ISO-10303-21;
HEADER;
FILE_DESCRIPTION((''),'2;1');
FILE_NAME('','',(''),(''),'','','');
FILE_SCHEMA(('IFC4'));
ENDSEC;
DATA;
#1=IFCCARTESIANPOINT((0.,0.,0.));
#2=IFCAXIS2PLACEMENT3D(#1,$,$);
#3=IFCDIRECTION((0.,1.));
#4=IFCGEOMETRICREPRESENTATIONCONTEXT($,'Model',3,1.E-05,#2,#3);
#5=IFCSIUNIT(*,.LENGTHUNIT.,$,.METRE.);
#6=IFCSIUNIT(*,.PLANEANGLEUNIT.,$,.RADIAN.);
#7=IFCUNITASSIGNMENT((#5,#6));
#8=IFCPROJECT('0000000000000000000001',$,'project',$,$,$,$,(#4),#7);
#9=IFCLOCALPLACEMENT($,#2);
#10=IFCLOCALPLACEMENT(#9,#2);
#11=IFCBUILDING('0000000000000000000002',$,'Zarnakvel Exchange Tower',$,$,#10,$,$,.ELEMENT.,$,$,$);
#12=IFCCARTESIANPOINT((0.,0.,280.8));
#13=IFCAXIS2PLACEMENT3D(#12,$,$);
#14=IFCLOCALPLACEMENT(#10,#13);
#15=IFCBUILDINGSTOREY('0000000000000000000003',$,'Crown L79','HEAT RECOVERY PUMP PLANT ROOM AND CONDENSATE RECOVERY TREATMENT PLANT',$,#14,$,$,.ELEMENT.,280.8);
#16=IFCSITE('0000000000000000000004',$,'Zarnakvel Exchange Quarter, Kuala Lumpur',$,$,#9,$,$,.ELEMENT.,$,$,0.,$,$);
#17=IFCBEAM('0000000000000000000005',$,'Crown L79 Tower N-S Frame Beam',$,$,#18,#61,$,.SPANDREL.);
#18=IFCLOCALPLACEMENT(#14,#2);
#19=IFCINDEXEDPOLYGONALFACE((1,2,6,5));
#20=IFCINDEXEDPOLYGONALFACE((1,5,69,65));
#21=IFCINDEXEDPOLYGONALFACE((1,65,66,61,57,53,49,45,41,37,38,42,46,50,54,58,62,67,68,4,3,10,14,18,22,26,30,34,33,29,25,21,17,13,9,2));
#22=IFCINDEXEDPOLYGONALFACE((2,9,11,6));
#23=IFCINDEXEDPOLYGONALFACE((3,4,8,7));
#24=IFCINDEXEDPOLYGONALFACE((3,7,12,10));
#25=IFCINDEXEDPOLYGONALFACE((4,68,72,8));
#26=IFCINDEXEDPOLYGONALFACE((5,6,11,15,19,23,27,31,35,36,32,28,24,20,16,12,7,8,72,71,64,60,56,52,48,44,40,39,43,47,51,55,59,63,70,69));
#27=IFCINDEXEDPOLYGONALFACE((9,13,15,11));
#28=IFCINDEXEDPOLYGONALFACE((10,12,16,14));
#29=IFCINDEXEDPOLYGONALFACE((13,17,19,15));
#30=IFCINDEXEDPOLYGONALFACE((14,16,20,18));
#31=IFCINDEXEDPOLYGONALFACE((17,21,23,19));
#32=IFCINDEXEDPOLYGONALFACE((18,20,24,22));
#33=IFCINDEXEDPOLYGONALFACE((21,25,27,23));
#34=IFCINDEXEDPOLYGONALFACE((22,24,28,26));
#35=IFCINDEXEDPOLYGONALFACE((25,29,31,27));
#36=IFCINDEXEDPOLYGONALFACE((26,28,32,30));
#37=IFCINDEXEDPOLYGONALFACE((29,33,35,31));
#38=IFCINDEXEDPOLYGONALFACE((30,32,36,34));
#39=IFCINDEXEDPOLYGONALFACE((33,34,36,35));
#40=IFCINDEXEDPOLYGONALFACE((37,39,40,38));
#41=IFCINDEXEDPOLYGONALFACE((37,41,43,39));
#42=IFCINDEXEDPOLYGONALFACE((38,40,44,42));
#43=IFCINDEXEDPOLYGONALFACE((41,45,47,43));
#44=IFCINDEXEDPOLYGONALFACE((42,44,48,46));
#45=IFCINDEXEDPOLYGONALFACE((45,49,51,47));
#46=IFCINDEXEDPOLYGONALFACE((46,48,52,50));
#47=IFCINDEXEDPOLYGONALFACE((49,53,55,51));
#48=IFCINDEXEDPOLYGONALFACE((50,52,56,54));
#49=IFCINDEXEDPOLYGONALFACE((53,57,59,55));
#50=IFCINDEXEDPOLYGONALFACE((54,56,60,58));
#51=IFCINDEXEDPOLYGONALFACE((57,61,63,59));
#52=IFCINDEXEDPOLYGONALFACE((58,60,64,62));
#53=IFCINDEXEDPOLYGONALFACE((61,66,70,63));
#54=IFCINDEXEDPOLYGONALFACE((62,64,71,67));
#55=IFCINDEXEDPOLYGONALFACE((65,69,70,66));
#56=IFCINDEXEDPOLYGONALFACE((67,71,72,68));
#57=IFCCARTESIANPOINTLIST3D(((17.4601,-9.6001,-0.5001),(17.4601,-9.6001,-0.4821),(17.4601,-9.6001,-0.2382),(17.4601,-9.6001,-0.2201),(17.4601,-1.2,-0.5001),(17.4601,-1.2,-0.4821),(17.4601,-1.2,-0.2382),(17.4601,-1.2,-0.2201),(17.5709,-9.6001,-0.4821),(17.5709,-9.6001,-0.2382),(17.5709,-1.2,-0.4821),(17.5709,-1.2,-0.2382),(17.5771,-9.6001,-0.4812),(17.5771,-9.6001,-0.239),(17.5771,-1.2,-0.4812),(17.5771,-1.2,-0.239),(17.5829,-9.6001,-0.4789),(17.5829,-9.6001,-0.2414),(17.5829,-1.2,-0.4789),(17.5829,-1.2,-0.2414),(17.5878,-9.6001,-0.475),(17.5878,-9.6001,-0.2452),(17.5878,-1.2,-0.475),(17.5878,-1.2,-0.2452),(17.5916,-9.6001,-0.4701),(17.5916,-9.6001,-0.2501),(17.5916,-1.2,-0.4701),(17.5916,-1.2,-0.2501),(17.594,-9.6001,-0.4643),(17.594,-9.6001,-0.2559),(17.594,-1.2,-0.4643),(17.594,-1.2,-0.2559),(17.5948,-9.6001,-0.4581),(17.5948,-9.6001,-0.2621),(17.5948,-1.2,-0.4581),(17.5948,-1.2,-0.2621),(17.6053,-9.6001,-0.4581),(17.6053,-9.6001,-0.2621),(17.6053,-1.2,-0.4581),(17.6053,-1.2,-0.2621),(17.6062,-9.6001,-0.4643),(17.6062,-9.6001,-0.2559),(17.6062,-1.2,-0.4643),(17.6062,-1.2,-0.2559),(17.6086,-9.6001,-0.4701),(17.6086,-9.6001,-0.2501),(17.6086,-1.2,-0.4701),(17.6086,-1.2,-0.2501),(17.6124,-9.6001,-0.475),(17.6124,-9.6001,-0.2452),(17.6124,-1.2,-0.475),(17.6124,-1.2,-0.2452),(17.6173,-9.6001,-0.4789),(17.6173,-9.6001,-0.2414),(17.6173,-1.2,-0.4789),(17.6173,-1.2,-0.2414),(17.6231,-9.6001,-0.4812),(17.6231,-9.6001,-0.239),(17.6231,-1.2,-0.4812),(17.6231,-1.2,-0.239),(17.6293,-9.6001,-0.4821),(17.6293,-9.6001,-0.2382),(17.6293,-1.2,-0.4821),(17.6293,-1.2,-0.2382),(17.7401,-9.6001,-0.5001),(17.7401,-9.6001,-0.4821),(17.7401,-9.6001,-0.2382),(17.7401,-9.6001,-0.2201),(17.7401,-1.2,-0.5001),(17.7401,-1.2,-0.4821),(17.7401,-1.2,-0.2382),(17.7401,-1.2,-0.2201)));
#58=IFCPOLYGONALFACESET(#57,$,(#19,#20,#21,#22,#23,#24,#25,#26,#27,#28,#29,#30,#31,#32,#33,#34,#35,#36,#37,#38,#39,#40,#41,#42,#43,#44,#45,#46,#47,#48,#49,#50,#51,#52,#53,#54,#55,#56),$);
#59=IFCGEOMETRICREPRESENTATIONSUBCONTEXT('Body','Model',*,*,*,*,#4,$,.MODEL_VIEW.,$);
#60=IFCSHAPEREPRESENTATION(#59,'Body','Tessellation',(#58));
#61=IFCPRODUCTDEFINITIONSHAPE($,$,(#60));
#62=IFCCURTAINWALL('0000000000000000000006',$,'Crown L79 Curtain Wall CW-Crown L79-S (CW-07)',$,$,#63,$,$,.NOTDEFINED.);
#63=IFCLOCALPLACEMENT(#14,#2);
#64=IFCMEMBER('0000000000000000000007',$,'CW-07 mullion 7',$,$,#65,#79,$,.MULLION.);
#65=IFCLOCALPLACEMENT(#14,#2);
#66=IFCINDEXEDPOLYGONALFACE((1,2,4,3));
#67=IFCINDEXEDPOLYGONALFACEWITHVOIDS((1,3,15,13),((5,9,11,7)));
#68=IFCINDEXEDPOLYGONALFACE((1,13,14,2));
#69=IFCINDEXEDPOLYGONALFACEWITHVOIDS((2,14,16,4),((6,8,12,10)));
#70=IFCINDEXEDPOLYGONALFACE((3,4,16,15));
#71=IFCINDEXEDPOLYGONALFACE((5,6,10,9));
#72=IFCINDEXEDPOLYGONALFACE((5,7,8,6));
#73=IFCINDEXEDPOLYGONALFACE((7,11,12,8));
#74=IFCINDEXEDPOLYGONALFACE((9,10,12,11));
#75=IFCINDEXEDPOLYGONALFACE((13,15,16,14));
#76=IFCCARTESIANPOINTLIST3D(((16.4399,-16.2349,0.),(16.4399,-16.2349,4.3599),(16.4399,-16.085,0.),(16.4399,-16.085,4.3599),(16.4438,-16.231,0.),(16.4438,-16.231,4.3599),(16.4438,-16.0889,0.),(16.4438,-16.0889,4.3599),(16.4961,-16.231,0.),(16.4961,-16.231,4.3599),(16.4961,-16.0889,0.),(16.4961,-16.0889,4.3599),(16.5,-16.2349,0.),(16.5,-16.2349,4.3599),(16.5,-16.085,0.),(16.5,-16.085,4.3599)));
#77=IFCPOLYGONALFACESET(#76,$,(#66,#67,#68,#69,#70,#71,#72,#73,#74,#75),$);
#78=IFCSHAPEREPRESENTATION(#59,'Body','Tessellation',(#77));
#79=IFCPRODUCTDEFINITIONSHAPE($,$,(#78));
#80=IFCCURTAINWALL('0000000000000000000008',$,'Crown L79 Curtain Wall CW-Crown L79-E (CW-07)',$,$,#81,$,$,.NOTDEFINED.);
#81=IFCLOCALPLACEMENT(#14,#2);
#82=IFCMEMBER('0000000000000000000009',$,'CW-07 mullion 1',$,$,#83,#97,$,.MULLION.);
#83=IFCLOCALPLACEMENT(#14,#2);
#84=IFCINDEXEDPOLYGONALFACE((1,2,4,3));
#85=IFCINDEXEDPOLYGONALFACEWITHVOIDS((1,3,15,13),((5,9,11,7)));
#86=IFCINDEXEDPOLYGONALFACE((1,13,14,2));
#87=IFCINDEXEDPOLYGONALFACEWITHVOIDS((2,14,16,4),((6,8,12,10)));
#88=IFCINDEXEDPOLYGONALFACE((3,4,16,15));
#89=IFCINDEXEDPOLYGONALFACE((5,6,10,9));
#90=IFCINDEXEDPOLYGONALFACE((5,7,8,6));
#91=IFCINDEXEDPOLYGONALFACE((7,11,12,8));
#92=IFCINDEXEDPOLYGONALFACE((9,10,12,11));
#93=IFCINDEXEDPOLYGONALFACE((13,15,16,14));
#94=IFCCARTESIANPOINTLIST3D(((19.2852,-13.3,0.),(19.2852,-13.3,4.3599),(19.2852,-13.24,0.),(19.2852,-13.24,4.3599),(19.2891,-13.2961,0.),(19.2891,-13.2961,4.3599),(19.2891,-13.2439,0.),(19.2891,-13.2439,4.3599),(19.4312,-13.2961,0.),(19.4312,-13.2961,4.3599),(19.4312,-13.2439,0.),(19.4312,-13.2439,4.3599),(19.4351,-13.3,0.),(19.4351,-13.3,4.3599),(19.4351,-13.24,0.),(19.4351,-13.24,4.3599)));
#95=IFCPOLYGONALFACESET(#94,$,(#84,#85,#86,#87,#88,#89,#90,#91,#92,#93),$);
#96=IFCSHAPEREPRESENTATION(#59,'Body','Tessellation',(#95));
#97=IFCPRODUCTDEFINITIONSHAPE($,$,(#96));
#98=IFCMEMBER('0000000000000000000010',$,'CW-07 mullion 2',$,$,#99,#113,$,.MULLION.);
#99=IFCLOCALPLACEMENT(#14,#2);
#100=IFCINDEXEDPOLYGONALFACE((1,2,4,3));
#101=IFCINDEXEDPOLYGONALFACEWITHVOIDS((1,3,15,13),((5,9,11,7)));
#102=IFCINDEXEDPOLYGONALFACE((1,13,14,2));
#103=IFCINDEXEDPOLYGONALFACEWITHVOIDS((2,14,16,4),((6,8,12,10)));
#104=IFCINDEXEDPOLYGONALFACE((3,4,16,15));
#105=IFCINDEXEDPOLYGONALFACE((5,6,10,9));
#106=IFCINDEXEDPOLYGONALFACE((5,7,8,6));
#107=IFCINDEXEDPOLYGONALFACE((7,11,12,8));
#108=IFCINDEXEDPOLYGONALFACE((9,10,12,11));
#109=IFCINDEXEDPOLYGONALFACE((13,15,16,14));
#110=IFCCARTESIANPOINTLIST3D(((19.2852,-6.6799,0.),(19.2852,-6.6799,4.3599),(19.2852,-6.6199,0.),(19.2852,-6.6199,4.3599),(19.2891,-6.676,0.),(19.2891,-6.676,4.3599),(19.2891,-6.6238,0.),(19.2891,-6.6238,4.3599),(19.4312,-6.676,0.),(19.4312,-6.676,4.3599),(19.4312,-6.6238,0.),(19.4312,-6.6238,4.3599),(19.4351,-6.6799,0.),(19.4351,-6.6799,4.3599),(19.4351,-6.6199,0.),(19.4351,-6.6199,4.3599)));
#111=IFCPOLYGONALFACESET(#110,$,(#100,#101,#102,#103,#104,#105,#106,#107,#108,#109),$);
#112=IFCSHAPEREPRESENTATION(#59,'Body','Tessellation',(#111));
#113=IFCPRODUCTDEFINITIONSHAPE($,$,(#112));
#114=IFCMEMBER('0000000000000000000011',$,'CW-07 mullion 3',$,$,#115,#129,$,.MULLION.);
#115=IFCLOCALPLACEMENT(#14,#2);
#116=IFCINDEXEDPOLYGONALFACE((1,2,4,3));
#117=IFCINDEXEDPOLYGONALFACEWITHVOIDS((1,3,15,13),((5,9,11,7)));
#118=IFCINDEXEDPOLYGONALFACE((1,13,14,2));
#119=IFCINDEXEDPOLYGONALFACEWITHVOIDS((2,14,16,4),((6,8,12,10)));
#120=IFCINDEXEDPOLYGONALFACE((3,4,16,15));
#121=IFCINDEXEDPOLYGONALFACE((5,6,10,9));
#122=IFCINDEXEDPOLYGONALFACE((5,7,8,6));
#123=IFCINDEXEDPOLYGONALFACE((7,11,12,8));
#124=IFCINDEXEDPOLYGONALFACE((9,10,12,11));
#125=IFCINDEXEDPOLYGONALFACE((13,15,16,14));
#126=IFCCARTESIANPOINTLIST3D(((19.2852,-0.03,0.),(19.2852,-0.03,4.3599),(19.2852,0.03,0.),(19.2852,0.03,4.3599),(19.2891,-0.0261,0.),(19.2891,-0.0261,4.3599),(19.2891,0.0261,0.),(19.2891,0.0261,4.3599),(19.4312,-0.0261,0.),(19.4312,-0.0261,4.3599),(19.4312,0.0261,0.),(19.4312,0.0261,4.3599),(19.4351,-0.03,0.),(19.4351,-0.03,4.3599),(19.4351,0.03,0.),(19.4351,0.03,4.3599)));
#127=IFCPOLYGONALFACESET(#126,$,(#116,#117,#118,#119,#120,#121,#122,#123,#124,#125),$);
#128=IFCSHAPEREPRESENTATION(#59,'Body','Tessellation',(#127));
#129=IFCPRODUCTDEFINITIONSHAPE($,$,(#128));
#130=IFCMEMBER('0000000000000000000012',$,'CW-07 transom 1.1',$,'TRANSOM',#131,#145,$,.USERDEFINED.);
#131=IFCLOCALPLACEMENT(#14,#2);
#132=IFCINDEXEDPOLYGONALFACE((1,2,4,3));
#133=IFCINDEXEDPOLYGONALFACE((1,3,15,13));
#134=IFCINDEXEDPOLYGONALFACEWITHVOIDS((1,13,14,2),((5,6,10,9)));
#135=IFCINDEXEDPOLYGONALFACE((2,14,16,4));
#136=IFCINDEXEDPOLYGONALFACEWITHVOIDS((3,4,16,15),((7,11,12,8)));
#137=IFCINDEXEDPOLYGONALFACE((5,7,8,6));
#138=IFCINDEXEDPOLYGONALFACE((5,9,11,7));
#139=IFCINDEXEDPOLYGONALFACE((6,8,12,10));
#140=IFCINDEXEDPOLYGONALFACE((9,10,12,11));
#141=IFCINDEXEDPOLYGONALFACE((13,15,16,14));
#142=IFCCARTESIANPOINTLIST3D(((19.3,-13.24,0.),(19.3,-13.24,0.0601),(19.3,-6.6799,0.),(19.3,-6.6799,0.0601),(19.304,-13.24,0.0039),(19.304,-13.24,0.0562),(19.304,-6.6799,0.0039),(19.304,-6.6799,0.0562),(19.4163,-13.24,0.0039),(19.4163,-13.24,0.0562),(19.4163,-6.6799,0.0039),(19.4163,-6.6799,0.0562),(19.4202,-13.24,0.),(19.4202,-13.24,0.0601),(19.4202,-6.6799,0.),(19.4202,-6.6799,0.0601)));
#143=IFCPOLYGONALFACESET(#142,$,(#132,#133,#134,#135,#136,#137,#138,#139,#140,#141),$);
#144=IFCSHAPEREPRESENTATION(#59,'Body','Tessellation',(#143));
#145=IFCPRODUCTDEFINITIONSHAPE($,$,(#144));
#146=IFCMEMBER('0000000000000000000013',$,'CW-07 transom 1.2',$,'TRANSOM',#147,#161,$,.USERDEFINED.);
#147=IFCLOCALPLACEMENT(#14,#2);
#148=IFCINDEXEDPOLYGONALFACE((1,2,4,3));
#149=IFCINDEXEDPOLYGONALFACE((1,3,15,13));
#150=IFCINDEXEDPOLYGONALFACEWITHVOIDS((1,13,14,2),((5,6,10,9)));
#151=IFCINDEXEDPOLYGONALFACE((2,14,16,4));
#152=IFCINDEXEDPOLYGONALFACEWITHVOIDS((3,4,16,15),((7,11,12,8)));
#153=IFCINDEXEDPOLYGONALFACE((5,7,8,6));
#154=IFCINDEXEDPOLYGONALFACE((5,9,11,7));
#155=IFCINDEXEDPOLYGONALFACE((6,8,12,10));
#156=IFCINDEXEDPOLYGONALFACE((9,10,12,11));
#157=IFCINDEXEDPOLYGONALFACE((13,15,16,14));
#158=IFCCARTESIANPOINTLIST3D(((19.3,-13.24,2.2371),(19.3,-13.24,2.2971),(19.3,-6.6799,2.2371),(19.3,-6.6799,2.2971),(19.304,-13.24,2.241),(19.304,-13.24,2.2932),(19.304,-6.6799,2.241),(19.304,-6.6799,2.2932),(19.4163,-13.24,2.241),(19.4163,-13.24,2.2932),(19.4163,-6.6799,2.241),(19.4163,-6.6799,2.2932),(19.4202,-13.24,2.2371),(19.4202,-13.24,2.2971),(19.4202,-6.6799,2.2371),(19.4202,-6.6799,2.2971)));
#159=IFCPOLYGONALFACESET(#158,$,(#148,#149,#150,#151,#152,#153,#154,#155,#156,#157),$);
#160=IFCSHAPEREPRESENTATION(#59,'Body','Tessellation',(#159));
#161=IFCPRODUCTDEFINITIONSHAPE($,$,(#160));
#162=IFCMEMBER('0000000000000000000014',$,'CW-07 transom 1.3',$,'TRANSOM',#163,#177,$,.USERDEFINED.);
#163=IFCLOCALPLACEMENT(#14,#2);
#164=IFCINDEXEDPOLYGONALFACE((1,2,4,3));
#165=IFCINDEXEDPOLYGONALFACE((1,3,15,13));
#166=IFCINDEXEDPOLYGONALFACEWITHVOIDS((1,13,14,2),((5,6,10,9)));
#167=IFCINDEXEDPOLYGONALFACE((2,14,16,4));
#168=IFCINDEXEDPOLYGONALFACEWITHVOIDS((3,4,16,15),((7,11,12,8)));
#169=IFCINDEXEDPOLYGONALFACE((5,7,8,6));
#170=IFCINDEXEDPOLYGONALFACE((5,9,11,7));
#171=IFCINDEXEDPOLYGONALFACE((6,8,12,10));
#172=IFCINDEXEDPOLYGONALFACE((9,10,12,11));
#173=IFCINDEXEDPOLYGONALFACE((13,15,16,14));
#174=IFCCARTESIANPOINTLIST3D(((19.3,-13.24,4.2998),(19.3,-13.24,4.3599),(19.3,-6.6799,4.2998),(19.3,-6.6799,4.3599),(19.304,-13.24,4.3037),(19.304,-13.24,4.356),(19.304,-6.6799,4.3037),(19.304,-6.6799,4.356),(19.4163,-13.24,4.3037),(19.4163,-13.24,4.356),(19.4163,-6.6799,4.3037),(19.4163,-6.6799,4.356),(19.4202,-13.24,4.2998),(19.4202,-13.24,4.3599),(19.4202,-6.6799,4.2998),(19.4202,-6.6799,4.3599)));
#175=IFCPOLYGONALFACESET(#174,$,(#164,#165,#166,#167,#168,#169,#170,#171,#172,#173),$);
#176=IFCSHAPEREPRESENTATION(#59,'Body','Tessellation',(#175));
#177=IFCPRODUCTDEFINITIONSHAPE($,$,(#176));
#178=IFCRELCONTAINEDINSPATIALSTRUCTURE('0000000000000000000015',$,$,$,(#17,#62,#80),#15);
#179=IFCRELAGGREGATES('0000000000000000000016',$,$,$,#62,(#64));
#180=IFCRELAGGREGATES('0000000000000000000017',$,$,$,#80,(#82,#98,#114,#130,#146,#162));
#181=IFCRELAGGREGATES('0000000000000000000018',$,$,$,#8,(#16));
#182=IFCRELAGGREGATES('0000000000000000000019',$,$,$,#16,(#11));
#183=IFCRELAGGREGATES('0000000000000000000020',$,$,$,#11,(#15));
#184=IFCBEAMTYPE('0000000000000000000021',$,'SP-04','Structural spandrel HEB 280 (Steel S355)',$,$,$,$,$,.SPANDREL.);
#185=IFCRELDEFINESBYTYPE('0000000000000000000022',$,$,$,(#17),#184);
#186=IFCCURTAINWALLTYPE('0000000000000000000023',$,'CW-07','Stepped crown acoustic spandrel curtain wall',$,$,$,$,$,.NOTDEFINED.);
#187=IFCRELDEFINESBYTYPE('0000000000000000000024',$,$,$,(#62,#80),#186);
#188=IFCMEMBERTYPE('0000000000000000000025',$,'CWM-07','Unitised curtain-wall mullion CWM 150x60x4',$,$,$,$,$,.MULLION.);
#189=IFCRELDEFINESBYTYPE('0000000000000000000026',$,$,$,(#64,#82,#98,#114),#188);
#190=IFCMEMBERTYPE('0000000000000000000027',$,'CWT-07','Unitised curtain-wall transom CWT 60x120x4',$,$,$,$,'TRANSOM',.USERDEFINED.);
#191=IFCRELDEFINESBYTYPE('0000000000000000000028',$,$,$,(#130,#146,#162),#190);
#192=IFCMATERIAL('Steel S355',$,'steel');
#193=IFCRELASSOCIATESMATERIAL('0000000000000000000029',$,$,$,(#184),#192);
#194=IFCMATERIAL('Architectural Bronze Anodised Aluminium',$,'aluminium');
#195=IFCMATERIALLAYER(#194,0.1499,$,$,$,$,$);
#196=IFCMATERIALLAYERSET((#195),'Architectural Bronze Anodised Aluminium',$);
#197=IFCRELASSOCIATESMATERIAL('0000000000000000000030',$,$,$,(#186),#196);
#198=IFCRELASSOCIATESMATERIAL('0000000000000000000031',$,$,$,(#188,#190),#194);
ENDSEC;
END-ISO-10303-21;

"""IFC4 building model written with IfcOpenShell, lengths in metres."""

from ifc_helpers import new_model, si_unit, direction, frame, origin, origin_2d, place, context, subcontext, project, spatial, hollow_rectangle, i_section, extrude, source, transform, mapped, material, layer, layer_set, material_profile, profile_set, type_object, element, aggregate, save


model = new_model("IFC4")

# Units and contexts
model_context = context("Model", 3, precision=1e-05, world=origin(), true_north=direction((0.0, 1.0)))
body_context = subcontext(model_context, "Body", "Model", "MODEL_VIEW")
ifc_project = project(units=[si_unit("LENGTHUNIT", "METRE"), si_unit("PLANEANGLEUNIT", "RADIAN")], contexts=[model_context])

# Site, building, storey
site_placement = place(None, origin())
site = spatial("IfcSite", under=ifc_project, at=site_placement, Name="Zarnakvel Exchange Quarter, Kuala Lumpur", CompositionType="ELEMENT", RefElevation=0.0)
building_placement = place(site_placement, origin())
building = spatial("IfcBuilding", under=site, at=building_placement, Name="Zarnakvel Exchange Tower", CompositionType="ELEMENT")
storey_placement = place(building_placement, frame((0.0, 0.0, 280.8)))
storey = spatial("IfcBuildingStorey", under=building, at=storey_placement, Name="Crown L79", Description="HEAT RECOVERY PUMP PLANT ROOM AND CONDENSATE RECOVERY TREATMENT PLANT", CompositionType="ELEMENT", Elevation=280.8)

# Shared definitions
ifc_material_1 = material(Name="Steel S355", Category="steel")

# Beam
ifc_material_profile_1 = material_profile(ifc_material_1, i_section(OverallWidth=0.28, OverallDepth=0.28, WebThickness=0.0105, FlangeThickness=0.0181, FilletRadius=0.0239, at=origin_2d()))
ifc_profile_set_1 = profile_set([ifc_material_profile_1], Name="Steel S355")
beam_type_1 = type_object("IfcBeamType", Name="SP-04", Description="Structural spandrel HEB 280 (Steel S355)", PredefinedType="SPANDREL", material=ifc_profile_set_1)
beam_1_placement = place(storey_placement, frame((17.6001, -9.6001, -0.3601), z_axis=(0.0, 1.0, 0.0), x_axis=(-1.0, 0.0, 0.0)))
element("IfcBeam", 1, at=beam_1_placement, inside=storey, type_object=beam_type_1, Name="Crown L79 Tower N-S Frame Beam", PredefinedType="SPANDREL", context=body_context, shape_type="SweptSolid", body=[
    extrude(i_section(OverallWidth=0.28, OverallDepth=0.28, WebThickness=0.0105, FlangeThickness=0.0181, FilletRadius=0.0239, at=origin_2d()), origin(), (0.0, 0.0, 1.0), 8.4001),
])

# Curtain wall, member
ifc_material_2 = material(Name="Architectural Bronze Anodised Aluminium", Category="aluminium")
ifc_layer_1 = layer(ifc_material_2, 0.1499)
ifc_layer_set_1 = layer_set([ifc_layer_1], Name="Architectural Bronze Anodised Aluminium")
curtain_wall_type = type_object("IfcCurtainWallType", Name="CW-07", Description="Stepped crown acoustic spandrel curtain wall", PredefinedType="NOTDEFINED", material=ifc_layer_set_1)
curtain_wall_1_placement = place(storey_placement, origin())
curtain_wall_1 = element("IfcCurtainWall", 2, at=curtain_wall_1_placement, inside=storey, type_object=curtain_wall_type, Name="Crown L79 Curtain Wall CW-Crown L79-S (CW-07)", PredefinedType="NOTDEFINED")
ifc_material_profile_2 = material_profile(ifc_material_2, hollow_rectangle(XDim=0.1499, YDim=0.0601, WallThickness=0.0039, at=origin_2d()))
ifc_profile_set_2 = profile_set([ifc_material_profile_2], Name="Architectural Bronze Anodised Aluminium")
member_type_1 = type_object("IfcMemberType", Name="CWM-07", Description="Unitised curtain-wall mullion CWM 150x60x4", PredefinedType="MULLION", material=ifc_profile_set_2)
shared_shape_1 = source(origin(), body_context, "Body", "SweptSolid", [
    extrude(hollow_rectangle(XDim=0.1499, YDim=0.0601, WallThickness=0.0039, at=origin_2d()), origin(), (0.0, 0.0, 1.0), 4.3599),
])
member_1_placement = place(storey_placement, frame((16.47, -16.1599, 0.0), z_axis=(0.0, 0.0, 1.0), x_axis=(0.0, 1.0, 0.0)))
member_1 = element("IfcMember", 3, at=member_1_placement, type_object=member_type_1, Name="CW-07 mullion 7", PredefinedType="MULLION", context=body_context, shape_type="MappedRepresentation", body=[
    mapped(shared_shape_1, transform((0.0, 0.0, 0.0), x_axis=(1.0, 0.0, 0.0), y_axis=(0.0, 1.0, 0.0), z_axis=(0.0, 0.0, 1.0), scale=1.0)),
])
aggregate(curtain_wall_1, [member_1])

# Curtain wall, members
curtain_wall_2_placement = place(storey_placement, origin())
curtain_wall_2 = element("IfcCurtainWall", 4, at=curtain_wall_2_placement, inside=storey, type_object=curtain_wall_type, Name="Crown L79 Curtain Wall CW-Crown L79-E (CW-07)", PredefinedType="NOTDEFINED")
member_2_placement = place(storey_placement, frame((19.3601, -13.27, 0.0), z_axis=(0.0, 0.0, 1.0), x_axis=(-1.0, 0.0, 0.0)))
member_2 = element("IfcMember", 5, at=member_2_placement, type_object=member_type_1, Name="CW-07 mullion 1", PredefinedType="MULLION", context=body_context, shape_type="MappedRepresentation", body=[
    mapped(shared_shape_1, transform((0.0, 0.0, 0.0), x_axis=(1.0, 0.0, 0.0), y_axis=(0.0, 1.0, 0.0), z_axis=(0.0, 0.0, 1.0), scale=1.0)),
])
member_3_placement = place(storey_placement, frame((19.3601, -6.6499, 0.0), z_axis=(0.0, 0.0, 1.0), x_axis=(-1.0, 0.0, 0.0)))
member_3 = element("IfcMember", 6, at=member_3_placement, type_object=member_type_1, Name="CW-07 mullion 2", PredefinedType="MULLION", context=body_context, shape_type="MappedRepresentation", body=[
    mapped(shared_shape_1, transform((0.0, 0.0, 0.0), x_axis=(1.0, 0.0, 0.0), y_axis=(0.0, 1.0, 0.0), z_axis=(0.0, 0.0, 1.0), scale=1.0)),
])
member_4_placement = place(storey_placement, frame((19.3601, 0.0, 0.0), z_axis=(0.0, 0.0, 1.0), x_axis=(-1.0, 0.0, 0.0)))
member_4 = element("IfcMember", 7, at=member_4_placement, type_object=member_type_1, Name="CW-07 mullion 3", PredefinedType="MULLION", context=body_context, shape_type="MappedRepresentation", body=[
    mapped(shared_shape_1, transform((0.0, 0.0, 0.0), x_axis=(1.0, 0.0, 0.0), y_axis=(0.0, 1.0, 0.0), z_axis=(0.0, 0.0, 1.0), scale=1.0)),
])
ifc_material_profile_3 = material_profile(ifc_material_2, hollow_rectangle(XDim=0.1201, YDim=0.0601, WallThickness=0.0039, at=origin_2d()))
ifc_profile_set_3 = profile_set([ifc_material_profile_3], Name="Architectural Bronze Anodised Aluminium")
member_type_2 = type_object("IfcMemberType", Name="CWT-07", Description="Unitised curtain-wall transom CWT 60x120x4", ElementType="TRANSOM", PredefinedType="USERDEFINED", material=ifc_profile_set_3)
shared_shape_2 = source(origin(), body_context, "Body", "SweptSolid", [
    extrude(hollow_rectangle(XDim=0.1201, YDim=0.0601, WallThickness=0.0039, at=origin_2d()), origin(), (0.0, 0.0, 1.0), 6.5601),
])
member_5_placement = place(storey_placement, frame((19.3601, -13.24, 0.03), z_axis=(0.0, 1.0, 0.0), x_axis=(-1.0, 0.0, 0.0)))
member_5 = element("IfcMember", 8, at=member_5_placement, type_object=member_type_2, Name="CW-07 transom 1.1", ObjectType="TRANSOM", PredefinedType="USERDEFINED", context=body_context, shape_type="MappedRepresentation", body=[
    mapped(shared_shape_2, transform((0.0, 0.0, 0.0), x_axis=(1.0, 0.0, 0.0), y_axis=(0.0, 1.0, 0.0), z_axis=(0.0, 0.0, 1.0), scale=1.0)),
])
member_6_placement = place(storey_placement, frame((19.3601, -13.24, 2.2671), z_axis=(0.0, 1.0, 0.0), x_axis=(-1.0, 0.0, 0.0)))
member_6 = element("IfcMember", 9, at=member_6_placement, type_object=member_type_2, Name="CW-07 transom 1.2", ObjectType="TRANSOM", PredefinedType="USERDEFINED", context=body_context, shape_type="MappedRepresentation", body=[
    mapped(shared_shape_2, transform((0.0, 0.0, 0.0), x_axis=(1.0, 0.0, 0.0), y_axis=(0.0, 1.0, 0.0), z_axis=(0.0, 0.0, 1.0), scale=1.0)),
])
member_7_placement = place(storey_placement, frame((19.3601, -13.24, 4.3298), z_axis=(0.0, 1.0, 0.0), x_axis=(-1.0, 0.0, 0.0)))
member_7 = element("IfcMember", 10, at=member_7_placement, type_object=member_type_2, Name="CW-07 transom 1.3", ObjectType="TRANSOM", PredefinedType="USERDEFINED", context=body_context, shape_type="MappedRepresentation", body=[
    mapped(shared_shape_2, transform((0.0, 0.0, 0.0), x_axis=(1.0, 0.0, 0.0), y_axis=(0.0, 1.0, 0.0), z_axis=(0.0, 0.0, 1.0), scale=1.0)),
])
aggregate(curtain_wall_2, [member_2, member_3, member_4, member_5, member_6, member_7])

save(model, "model.ifc")
